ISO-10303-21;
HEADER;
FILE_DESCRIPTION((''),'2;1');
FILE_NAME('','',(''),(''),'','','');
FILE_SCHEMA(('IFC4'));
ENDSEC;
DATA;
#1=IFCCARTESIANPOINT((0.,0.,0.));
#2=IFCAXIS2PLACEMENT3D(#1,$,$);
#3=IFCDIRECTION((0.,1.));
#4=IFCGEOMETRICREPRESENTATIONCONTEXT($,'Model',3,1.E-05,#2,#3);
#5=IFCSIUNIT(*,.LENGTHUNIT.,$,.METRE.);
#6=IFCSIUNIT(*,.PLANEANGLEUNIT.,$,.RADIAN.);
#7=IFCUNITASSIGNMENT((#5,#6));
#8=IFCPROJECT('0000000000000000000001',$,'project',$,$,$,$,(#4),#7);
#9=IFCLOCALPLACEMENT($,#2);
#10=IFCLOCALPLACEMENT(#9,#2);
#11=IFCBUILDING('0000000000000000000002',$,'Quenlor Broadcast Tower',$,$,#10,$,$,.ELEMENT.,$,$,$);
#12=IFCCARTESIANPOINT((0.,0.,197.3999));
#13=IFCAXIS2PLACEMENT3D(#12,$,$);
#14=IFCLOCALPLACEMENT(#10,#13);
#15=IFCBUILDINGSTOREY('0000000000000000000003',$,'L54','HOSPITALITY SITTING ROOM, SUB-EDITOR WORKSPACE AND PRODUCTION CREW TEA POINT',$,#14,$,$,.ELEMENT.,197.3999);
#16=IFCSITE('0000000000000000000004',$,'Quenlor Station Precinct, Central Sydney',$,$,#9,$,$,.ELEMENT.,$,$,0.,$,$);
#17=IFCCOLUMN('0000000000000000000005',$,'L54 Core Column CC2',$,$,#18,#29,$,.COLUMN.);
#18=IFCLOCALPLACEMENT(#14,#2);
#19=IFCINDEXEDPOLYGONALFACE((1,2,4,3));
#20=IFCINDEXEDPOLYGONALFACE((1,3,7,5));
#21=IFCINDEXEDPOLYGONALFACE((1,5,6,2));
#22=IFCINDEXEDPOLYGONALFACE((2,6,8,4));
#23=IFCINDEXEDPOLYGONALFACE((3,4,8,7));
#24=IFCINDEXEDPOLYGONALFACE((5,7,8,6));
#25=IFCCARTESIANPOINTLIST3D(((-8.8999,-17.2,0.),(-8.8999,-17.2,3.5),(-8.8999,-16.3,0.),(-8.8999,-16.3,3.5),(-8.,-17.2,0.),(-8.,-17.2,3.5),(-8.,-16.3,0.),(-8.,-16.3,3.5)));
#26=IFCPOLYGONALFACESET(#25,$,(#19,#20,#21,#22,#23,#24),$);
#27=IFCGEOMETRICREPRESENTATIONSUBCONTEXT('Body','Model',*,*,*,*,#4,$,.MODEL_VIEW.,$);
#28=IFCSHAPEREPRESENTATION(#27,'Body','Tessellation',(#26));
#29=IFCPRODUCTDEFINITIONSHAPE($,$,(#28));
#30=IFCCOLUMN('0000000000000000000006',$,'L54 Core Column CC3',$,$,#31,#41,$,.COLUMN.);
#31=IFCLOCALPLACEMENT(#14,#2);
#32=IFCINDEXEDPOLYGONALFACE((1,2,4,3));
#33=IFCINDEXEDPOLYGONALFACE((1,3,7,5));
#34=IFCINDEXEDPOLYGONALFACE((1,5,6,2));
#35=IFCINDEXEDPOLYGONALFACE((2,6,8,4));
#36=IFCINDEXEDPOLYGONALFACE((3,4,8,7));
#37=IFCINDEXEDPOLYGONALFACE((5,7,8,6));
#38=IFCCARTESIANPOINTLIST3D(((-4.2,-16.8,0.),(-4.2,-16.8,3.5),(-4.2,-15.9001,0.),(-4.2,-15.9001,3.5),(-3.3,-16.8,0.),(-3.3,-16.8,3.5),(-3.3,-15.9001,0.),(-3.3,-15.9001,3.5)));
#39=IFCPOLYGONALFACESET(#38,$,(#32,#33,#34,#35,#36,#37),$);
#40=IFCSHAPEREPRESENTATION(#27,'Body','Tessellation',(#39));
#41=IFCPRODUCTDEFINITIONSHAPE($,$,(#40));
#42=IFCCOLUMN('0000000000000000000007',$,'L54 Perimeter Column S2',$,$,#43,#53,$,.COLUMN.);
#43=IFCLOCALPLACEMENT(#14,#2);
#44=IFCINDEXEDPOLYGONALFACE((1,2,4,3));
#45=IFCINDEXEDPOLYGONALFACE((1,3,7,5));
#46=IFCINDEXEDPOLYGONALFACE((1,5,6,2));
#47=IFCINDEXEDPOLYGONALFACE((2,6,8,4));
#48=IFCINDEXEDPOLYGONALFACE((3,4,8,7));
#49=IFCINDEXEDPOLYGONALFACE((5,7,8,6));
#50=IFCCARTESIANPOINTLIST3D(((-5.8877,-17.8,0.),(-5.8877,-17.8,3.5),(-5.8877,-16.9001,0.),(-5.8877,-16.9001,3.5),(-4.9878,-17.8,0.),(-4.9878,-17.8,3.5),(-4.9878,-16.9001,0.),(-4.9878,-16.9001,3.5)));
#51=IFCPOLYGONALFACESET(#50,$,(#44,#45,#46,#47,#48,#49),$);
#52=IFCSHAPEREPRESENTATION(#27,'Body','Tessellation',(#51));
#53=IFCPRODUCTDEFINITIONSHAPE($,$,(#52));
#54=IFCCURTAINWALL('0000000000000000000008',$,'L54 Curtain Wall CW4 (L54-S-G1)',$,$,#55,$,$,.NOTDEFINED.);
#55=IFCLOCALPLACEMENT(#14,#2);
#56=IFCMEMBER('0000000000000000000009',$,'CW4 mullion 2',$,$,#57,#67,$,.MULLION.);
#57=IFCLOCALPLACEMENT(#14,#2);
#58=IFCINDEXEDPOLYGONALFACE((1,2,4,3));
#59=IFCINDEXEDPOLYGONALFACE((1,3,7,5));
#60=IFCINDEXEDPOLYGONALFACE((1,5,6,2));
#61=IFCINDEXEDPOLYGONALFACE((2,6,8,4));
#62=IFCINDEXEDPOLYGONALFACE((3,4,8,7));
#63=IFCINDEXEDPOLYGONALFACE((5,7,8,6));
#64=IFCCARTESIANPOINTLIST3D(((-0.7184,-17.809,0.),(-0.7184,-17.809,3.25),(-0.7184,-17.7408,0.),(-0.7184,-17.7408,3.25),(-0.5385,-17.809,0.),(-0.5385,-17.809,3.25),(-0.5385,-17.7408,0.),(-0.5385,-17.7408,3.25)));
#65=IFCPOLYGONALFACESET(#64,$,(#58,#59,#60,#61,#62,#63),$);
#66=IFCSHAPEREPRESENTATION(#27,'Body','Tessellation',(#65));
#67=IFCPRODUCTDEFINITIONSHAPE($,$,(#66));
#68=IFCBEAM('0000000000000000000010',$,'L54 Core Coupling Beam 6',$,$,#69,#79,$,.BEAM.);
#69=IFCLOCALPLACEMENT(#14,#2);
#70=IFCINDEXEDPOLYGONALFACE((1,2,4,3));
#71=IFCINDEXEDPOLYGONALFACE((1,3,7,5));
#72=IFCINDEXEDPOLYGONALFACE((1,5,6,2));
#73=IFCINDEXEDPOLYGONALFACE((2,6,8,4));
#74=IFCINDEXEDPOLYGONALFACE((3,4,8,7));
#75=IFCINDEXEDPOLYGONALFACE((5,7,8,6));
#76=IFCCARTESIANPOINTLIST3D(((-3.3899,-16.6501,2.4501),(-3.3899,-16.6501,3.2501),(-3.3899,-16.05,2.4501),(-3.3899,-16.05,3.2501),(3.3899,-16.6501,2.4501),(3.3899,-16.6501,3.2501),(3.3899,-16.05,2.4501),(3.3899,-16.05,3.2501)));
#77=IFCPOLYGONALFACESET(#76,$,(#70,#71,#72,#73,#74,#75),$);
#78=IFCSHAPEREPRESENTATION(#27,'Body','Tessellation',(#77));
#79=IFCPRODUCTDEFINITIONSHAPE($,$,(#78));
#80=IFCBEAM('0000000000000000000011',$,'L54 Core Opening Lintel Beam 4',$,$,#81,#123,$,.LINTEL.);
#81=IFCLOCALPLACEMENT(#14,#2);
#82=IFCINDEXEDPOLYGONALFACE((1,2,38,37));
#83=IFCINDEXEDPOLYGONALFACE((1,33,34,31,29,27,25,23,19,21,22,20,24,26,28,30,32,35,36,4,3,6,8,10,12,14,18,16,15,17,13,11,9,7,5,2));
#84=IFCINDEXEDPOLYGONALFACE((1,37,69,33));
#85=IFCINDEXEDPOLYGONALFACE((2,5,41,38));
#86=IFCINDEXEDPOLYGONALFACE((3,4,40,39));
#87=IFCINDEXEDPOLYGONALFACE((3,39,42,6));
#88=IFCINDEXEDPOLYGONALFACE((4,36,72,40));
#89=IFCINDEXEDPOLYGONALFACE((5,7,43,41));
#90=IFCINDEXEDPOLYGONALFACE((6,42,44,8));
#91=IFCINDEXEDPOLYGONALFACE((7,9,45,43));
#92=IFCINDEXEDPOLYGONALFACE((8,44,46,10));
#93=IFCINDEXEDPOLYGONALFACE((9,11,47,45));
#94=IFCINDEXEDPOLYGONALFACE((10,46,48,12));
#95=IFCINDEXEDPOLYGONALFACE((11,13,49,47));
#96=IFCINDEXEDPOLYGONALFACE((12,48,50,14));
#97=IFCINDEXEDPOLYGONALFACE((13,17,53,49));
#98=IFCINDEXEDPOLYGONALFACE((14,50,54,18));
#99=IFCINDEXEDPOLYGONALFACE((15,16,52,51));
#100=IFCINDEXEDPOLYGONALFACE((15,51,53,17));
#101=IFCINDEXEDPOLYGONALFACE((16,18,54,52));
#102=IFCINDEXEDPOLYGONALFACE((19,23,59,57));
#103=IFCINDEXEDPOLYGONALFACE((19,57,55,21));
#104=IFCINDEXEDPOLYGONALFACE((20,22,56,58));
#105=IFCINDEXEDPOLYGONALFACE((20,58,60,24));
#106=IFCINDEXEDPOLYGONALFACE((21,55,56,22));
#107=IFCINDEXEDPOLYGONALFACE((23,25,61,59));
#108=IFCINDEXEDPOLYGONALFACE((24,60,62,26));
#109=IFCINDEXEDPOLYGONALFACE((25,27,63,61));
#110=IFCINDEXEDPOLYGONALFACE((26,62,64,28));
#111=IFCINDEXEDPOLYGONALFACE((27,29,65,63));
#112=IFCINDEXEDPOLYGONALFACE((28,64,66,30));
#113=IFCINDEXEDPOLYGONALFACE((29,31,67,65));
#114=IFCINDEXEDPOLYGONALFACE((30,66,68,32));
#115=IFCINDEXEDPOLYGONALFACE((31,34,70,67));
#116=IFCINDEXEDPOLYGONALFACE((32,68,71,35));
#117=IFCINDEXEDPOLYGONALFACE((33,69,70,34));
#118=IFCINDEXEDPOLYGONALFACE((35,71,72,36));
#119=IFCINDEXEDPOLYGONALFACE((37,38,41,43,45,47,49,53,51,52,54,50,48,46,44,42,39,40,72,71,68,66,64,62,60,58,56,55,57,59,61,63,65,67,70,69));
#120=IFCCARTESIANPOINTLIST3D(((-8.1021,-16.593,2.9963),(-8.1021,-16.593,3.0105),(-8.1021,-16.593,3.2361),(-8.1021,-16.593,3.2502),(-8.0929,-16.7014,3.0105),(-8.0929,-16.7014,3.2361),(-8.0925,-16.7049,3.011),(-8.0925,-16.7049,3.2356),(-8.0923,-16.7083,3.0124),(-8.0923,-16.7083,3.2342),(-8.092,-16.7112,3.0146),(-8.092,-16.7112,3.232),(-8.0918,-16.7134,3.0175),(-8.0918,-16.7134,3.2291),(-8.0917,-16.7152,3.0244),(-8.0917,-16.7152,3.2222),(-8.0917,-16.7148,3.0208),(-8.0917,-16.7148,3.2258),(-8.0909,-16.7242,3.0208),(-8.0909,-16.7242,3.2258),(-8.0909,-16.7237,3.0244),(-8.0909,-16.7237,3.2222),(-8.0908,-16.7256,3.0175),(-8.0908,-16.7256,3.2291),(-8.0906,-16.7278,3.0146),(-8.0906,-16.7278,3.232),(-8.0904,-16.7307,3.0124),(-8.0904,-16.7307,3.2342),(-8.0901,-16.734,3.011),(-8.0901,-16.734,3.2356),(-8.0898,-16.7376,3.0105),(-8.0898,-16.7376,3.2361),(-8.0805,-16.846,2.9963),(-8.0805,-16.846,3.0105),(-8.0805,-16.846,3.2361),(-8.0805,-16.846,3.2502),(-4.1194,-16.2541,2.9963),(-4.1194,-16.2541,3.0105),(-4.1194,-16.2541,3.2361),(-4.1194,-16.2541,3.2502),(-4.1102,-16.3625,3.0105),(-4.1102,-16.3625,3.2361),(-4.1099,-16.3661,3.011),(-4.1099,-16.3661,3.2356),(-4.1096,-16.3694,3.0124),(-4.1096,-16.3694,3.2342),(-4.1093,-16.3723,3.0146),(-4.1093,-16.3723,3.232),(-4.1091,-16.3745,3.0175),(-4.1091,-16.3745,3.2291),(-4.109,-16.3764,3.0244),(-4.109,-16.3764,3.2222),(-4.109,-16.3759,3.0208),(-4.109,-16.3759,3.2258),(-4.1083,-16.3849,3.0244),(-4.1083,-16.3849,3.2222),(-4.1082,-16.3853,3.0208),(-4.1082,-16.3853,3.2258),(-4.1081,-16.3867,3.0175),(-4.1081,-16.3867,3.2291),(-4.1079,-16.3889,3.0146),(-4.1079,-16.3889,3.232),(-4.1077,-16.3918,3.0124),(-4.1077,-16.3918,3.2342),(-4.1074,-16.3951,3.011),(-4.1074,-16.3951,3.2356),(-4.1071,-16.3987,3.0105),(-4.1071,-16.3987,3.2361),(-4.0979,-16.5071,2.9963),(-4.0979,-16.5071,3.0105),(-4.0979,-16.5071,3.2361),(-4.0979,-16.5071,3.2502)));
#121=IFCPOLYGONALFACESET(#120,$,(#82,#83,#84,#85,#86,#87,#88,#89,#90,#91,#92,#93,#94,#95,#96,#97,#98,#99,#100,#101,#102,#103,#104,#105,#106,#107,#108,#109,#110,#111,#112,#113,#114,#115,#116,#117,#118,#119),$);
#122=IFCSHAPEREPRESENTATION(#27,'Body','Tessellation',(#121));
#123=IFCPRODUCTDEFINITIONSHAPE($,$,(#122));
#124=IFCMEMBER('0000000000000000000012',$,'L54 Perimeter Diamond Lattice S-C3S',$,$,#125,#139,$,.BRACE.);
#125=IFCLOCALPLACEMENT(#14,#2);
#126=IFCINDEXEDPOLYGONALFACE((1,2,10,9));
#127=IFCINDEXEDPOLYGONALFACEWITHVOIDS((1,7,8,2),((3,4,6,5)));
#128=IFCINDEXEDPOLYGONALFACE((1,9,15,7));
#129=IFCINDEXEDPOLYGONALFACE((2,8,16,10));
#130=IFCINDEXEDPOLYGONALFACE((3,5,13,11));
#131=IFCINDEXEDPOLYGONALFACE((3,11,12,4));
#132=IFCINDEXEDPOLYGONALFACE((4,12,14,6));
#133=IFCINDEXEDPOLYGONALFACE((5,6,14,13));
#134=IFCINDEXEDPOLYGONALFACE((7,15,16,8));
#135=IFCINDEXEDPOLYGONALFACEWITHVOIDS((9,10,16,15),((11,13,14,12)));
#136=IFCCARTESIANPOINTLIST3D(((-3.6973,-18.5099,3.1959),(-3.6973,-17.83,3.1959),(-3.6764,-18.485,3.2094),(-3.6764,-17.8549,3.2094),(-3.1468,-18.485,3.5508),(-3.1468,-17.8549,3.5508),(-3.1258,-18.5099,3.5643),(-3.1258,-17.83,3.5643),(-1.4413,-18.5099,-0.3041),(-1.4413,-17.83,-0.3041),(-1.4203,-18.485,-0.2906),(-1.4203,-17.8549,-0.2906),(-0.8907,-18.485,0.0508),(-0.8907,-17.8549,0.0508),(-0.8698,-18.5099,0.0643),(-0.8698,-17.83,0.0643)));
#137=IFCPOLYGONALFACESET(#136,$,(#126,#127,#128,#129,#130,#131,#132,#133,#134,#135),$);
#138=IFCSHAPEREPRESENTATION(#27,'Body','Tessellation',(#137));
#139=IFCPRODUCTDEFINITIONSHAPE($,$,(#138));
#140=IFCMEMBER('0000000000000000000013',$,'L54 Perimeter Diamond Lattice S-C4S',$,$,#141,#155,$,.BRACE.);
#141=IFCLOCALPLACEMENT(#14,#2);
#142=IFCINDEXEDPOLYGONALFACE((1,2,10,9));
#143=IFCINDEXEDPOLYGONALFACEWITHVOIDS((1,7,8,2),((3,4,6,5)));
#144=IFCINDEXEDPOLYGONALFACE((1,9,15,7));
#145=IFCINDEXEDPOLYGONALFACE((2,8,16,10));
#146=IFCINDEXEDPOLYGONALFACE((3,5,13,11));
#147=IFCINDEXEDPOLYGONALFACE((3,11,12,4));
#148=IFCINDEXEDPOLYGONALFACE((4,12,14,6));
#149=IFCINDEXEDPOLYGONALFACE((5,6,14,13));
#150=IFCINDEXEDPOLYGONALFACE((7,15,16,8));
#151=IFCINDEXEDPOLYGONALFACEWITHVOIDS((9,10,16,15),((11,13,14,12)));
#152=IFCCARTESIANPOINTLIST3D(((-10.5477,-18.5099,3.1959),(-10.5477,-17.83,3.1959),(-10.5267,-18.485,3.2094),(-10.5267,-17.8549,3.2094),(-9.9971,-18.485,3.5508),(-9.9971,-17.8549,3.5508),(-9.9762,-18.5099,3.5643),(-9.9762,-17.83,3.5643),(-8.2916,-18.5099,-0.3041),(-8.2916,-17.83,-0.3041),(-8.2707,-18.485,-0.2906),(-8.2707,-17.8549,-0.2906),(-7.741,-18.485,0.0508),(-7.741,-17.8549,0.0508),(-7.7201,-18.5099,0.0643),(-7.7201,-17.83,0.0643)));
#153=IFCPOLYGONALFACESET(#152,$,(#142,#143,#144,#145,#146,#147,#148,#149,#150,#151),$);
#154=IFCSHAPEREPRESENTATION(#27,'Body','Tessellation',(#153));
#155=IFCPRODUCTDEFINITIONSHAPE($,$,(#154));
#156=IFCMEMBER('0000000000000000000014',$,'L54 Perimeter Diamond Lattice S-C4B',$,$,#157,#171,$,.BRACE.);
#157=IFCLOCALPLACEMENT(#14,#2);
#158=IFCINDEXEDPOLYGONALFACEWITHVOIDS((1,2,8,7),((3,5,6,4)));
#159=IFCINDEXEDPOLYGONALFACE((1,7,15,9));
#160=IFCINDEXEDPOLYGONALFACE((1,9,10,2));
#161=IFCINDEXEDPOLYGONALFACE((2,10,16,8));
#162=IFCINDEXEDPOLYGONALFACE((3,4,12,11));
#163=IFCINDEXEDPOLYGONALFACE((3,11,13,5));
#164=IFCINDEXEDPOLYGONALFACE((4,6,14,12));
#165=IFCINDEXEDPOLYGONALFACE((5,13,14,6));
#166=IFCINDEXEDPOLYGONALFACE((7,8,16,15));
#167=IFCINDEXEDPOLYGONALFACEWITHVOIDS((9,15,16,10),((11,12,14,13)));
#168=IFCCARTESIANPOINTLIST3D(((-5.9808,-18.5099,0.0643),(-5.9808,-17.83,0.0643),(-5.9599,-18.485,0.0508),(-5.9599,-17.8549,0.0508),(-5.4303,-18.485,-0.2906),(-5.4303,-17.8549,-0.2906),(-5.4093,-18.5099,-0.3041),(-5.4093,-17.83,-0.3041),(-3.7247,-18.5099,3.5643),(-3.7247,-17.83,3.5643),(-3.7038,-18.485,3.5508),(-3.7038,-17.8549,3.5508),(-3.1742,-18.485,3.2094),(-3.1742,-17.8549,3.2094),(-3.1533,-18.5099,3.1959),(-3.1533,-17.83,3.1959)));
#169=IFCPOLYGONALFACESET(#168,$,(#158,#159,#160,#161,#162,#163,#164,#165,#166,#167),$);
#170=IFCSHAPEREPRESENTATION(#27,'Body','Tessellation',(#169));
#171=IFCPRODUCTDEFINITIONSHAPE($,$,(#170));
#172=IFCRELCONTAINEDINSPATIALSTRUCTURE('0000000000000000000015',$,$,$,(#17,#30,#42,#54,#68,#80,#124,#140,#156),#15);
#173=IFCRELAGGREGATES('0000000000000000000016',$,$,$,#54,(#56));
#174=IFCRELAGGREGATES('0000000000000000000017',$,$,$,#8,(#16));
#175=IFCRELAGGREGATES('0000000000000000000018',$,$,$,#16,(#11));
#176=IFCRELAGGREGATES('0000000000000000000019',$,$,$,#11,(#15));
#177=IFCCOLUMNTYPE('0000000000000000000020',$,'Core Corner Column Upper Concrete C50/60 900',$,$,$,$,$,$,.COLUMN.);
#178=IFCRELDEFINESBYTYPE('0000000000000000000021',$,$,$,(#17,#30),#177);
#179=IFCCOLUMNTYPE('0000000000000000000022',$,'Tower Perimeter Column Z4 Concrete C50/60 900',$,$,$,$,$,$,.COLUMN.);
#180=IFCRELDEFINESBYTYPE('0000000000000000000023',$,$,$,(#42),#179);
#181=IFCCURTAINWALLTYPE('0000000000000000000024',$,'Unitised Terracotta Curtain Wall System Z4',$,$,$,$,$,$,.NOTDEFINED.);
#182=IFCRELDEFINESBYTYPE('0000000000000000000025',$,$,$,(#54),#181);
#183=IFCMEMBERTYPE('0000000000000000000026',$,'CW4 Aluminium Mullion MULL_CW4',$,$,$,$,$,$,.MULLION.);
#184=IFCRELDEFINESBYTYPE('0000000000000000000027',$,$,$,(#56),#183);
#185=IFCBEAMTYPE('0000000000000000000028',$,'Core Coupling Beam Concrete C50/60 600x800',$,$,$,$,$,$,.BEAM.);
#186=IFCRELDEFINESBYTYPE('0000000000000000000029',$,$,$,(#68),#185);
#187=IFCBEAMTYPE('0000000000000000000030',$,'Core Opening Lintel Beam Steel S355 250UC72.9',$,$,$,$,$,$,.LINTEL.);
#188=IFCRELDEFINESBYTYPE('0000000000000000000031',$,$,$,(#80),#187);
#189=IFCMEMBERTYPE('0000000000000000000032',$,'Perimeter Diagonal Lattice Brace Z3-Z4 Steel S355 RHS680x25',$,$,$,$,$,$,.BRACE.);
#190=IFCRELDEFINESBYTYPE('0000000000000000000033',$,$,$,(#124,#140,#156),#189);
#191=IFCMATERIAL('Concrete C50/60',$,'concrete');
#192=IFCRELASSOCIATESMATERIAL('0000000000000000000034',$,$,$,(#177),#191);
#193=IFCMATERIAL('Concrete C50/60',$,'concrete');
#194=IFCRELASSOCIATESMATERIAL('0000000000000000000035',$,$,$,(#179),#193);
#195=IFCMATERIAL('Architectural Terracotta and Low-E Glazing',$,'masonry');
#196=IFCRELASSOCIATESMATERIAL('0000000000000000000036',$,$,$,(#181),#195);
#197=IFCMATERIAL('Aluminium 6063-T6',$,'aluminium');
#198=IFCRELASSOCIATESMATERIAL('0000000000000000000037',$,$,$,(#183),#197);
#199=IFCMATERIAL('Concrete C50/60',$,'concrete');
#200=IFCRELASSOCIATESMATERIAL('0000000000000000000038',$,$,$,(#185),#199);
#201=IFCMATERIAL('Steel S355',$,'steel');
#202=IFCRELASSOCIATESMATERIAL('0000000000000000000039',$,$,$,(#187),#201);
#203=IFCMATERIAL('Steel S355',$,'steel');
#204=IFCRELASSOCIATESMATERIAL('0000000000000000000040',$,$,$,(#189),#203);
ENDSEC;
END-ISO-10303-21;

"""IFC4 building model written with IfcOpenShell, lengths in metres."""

from ifc_helpers import new_model, si_unit, direction, frame, origin, origin_2d, place, context, subcontext, project, spatial, rectangle, hollow_rectangle, i_section, extrude, material, material_profile, profile_set, type_object, element, aggregate, save


model = new_model("IFC4")

# Units and contexts
model_context = context("Model", 3, precision=1e-05, world=origin(), true_north=direction((0.0, 1.0)))
body_context = subcontext(model_context, "Body", "Model", "MODEL_VIEW")
ifc_project = project(units=[si_unit("LENGTHUNIT", "METRE"), si_unit("PLANEANGLEUNIT", "RADIAN")], contexts=[model_context])

# Site, building, storey
site_placement = place(None, origin())
site = spatial("IfcSite", under=ifc_project, at=site_placement, Name="Quenlor Station Precinct, Central Sydney", CompositionType="ELEMENT", RefElevation=0.0)
building_placement = place(site_placement, origin())
building = spatial("IfcBuilding", under=site, at=building_placement, Name="Quenlor Broadcast Tower", CompositionType="ELEMENT")
storey_placement = place(building_placement, frame((0.0, 0.0, 197.3999)))
storey = spatial("IfcBuildingStorey", under=building, at=storey_placement, Name="L54", Description="HOSPITALITY SITTING ROOM, SUB-EDITOR WORKSPACE AND PRODUCTION CREW TEA POINT", CompositionType="ELEMENT", Elevation=197.3999)

# Columns
ifc_material_1 = material(Name="Concrete C50/60", Category="concrete")
ifc_material_profile_1 = material_profile(ifc_material_1, rectangle(XDim=0.8999, YDim=0.8999, at=origin_2d()))
ifc_profile_set_1 = profile_set([ifc_material_profile_1], Name="Concrete C50/60 RC900x900")
column_type_1 = type_object("IfcColumnType", Name="Core Corner Column Upper Concrete C50/60 900", PredefinedType="COLUMN", material=ifc_profile_set_1)
for number, where, z_axis, x_axis, name in (
    (1, (-8.45, -16.75, 0.0), (0.0, 0.0, 1.0), (1.0, 0.0, 0.0), "L54 Core Column CC2"),
    (2, (-3.75, -16.3501, 0.0), (0.0, 0.0, 1.0), (1.0, 0.0, 0.0), "L54 Core Column CC3"),
):
    element("IfcColumn", number, at=place(storey_placement, frame(where, z_axis=z_axis, x_axis=x_axis)), inside=storey, type_object=column_type_1, Name=name, PredefinedType="COLUMN", context=body_context, shape_type="SweptSolid", body=[
        extrude(rectangle(XDim=0.8999, YDim=0.8999, at=origin_2d()), origin(), (0.0, 0.0, 1.0), 3.5),
    ])
ifc_material_2 = material(Name="Concrete C50/60", Category="concrete")
ifc_material_profile_2 = material_profile(ifc_material_2, rectangle(XDim=0.8999, YDim=0.8999, at=origin_2d()))
ifc_profile_set_2 = profile_set([ifc_material_profile_2], Name="Concrete C50/60 RC900x900")
column_type_2 = type_object("IfcColumnType", Name="Tower Perimeter Column Z4 Concrete C50/60 900", PredefinedType="COLUMN", material=ifc_profile_set_2)
column_placement = place(storey_placement, frame((-5.4377, -17.3501, 0.0), z_axis=(0.0, 0.0, 1.0), x_axis=(0.0, 1.0, 0.0)))
element("IfcColumn", 3, at=column_placement, inside=storey, type_object=column_type_2, Name="L54 Perimeter Column S2", PredefinedType="COLUMN", context=body_context, shape_type="SweptSolid", body=[
    extrude(rectangle(XDim=0.8999, YDim=0.8999, at=origin_2d()), origin(), (0.0, 0.0, 1.0), 3.5),
])

# Curtain wall, member
ifc_material_3 = material(Name="Architectural Terracotta and Low-E Glazing", Category="masonry")
curtain_wall_type = type_object("IfcCurtainWallType", Name="Unitised Terracotta Curtain Wall System Z4", PredefinedType="NOTDEFINED", material=ifc_material_3)
curtain_wall_placement = place(storey_placement, origin())
curtain_wall = element("IfcCurtainWall", 4, at=curtain_wall_placement, inside=storey, type_object=curtain_wall_type, Name="L54 Curtain Wall CW4 (L54-S-G1)", PredefinedType="NOTDEFINED")
ifc_material_4 = material(Name="Aluminium 6063-T6", Category="aluminium")
ifc_material_profile_3 = material_profile(ifc_material_4, rectangle(XDim=0.0681, YDim=0.1799, at=origin_2d()))
ifc_profile_set_3 = profile_set([ifc_material_profile_3], Name="Aluminium 6063-T6 MULL68x180")
member_type_1 = type_object("IfcMemberType", Name="CW4 Aluminium Mullion MULL_CW4", PredefinedType="MULLION", material=ifc_profile_set_3)
member_placement = place(storey_placement, frame((-0.6284, -17.7749, 0.0), z_axis=(0.0, 0.0, 1.0), x_axis=(0.0, -1.0, 0.0)))
member = element("IfcMember", 5, at=member_placement, type_object=member_type_1, Name="CW4 mullion 2", PredefinedType="MULLION", context=body_context, shape_type="SweptSolid", body=[
    extrude(rectangle(XDim=0.0681, YDim=0.1799, at=origin_2d()), origin(), (0.0, 0.0, 1.0), 3.25),
])

# Beams
ifc_material_5 = material(Name="Concrete C50/60", Category="concrete")
ifc_material_profile_4 = material_profile(ifc_material_5, rectangle(XDim=0.6001, YDim=0.8, at=origin_2d()))
ifc_profile_set_4 = profile_set([ifc_material_profile_4], Name="Concrete C50/60 RCB600x800")
beam_type_1 = type_object("IfcBeamType", Name="Core Coupling Beam Concrete C50/60 600x800", PredefinedType="BEAM", material=ifc_profile_set_4)
beam_1_placement = place(storey_placement, frame((-3.3899, -16.3501, 2.8501), z_axis=(1.0, 0.0, 0.0), x_axis=(0.0, 1.0, 0.0)))
element("IfcBeam", 6, at=beam_1_placement, inside=storey, type_object=beam_type_1, Name="L54 Core Coupling Beam 6", PredefinedType="BEAM", context=body_context, shape_type="SweptSolid", body=[
    extrude(rectangle(XDim=0.6001, YDim=0.8, at=origin_2d()), origin(), (0.0, 0.0, 1.0), 6.7798),
])
ifc_material_6 = material(Name="Steel S355", Category="steel")
ifc_material_profile_5 = material_profile(ifc_material_6, i_section(OverallWidth=0.2539, OverallDepth=0.2539, WebThickness=0.0085, FlangeThickness=0.0142, FilletRadius=0.0139, at=origin_2d()))
ifc_profile_set_5 = profile_set([ifc_material_profile_5], Name="Steel S355 250UC72.9")
beam_type_2 = type_object("IfcBeamType", Name="Core Opening Lintel Beam Steel S355 250UC72.9", PredefinedType="LINTEL", material=ifc_profile_set_5)
beam_2_placement = place(storey_placement, frame((-8.0913, -16.7195, 3.1233), z_axis=(0.9964, 0.084779, 0.0), x_axis=(-0.084779, 0.9964, 0.0)))
element("IfcBeam", 7, at=beam_2_placement, inside=storey, type_object=beam_type_2, Name="L54 Core Opening Lintel Beam 4", PredefinedType="LINTEL", context=body_context, shape_type="SweptSolid", body=[
    extrude(i_section(OverallWidth=0.2539, OverallDepth=0.2539, WebThickness=0.0085, FlangeThickness=0.0142, FilletRadius=0.0139, at=origin_2d()), origin(), (0.0, 0.0, 1.0), 3.9971),
])

# Members
ifc_material_7 = material(Name="Steel S355", Category="steel")
ifc_material_profile_6 = material_profile(ifc_material_7, hollow_rectangle(XDim=0.6799, YDim=0.6799, WallThickness=0.0249, at=origin_2d()))
ifc_profile_set_6 = profile_set([ifc_material_profile_6], Name="Steel S355 RHS680x680x25")
member_type_2 = type_object("IfcMemberType", Name="Perimeter Diagonal Lattice Brace Z3-Z4 Steel S355 RHS680x25", PredefinedType="BRACE", material=ifc_profile_set_6)
for number, where, z_axis, x_axis, name in (
    (8, (-1.1555, -18.1699, -0.1199), (-0.541794, 0.0, 0.840511), (0.0, -1.0, 0.0), "L54 Perimeter Diamond Lattice S-C3S"),
    (9, (-8.0059, -18.1699, -0.1199), (-0.541794, 0.0, 0.840511), (0.0, -1.0, 0.0), "L54 Perimeter Diamond Lattice S-C4S"),
    (10, (-5.6951, -18.1699, -0.1199), (0.541794, 0.0, 0.840511), (0.0, 1.0, 0.0), "L54 Perimeter Diamond Lattice S-C4B"),
):
    element("IfcMember", number, at=place(storey_placement, frame(where, z_axis=z_axis, x_axis=x_axis)), inside=storey, type_object=member_type_2, Name=name, PredefinedType="BRACE", context=body_context, shape_type="SweptSolid", body=[
        extrude(hollow_rectangle(XDim=0.6799, YDim=0.6799, WallThickness=0.0249, at=origin_2d()), origin(), (0.0, 0.0, 1.0), 4.1641),
    ])

aggregate(curtain_wall, [member])

save(model, "model.ifc")
